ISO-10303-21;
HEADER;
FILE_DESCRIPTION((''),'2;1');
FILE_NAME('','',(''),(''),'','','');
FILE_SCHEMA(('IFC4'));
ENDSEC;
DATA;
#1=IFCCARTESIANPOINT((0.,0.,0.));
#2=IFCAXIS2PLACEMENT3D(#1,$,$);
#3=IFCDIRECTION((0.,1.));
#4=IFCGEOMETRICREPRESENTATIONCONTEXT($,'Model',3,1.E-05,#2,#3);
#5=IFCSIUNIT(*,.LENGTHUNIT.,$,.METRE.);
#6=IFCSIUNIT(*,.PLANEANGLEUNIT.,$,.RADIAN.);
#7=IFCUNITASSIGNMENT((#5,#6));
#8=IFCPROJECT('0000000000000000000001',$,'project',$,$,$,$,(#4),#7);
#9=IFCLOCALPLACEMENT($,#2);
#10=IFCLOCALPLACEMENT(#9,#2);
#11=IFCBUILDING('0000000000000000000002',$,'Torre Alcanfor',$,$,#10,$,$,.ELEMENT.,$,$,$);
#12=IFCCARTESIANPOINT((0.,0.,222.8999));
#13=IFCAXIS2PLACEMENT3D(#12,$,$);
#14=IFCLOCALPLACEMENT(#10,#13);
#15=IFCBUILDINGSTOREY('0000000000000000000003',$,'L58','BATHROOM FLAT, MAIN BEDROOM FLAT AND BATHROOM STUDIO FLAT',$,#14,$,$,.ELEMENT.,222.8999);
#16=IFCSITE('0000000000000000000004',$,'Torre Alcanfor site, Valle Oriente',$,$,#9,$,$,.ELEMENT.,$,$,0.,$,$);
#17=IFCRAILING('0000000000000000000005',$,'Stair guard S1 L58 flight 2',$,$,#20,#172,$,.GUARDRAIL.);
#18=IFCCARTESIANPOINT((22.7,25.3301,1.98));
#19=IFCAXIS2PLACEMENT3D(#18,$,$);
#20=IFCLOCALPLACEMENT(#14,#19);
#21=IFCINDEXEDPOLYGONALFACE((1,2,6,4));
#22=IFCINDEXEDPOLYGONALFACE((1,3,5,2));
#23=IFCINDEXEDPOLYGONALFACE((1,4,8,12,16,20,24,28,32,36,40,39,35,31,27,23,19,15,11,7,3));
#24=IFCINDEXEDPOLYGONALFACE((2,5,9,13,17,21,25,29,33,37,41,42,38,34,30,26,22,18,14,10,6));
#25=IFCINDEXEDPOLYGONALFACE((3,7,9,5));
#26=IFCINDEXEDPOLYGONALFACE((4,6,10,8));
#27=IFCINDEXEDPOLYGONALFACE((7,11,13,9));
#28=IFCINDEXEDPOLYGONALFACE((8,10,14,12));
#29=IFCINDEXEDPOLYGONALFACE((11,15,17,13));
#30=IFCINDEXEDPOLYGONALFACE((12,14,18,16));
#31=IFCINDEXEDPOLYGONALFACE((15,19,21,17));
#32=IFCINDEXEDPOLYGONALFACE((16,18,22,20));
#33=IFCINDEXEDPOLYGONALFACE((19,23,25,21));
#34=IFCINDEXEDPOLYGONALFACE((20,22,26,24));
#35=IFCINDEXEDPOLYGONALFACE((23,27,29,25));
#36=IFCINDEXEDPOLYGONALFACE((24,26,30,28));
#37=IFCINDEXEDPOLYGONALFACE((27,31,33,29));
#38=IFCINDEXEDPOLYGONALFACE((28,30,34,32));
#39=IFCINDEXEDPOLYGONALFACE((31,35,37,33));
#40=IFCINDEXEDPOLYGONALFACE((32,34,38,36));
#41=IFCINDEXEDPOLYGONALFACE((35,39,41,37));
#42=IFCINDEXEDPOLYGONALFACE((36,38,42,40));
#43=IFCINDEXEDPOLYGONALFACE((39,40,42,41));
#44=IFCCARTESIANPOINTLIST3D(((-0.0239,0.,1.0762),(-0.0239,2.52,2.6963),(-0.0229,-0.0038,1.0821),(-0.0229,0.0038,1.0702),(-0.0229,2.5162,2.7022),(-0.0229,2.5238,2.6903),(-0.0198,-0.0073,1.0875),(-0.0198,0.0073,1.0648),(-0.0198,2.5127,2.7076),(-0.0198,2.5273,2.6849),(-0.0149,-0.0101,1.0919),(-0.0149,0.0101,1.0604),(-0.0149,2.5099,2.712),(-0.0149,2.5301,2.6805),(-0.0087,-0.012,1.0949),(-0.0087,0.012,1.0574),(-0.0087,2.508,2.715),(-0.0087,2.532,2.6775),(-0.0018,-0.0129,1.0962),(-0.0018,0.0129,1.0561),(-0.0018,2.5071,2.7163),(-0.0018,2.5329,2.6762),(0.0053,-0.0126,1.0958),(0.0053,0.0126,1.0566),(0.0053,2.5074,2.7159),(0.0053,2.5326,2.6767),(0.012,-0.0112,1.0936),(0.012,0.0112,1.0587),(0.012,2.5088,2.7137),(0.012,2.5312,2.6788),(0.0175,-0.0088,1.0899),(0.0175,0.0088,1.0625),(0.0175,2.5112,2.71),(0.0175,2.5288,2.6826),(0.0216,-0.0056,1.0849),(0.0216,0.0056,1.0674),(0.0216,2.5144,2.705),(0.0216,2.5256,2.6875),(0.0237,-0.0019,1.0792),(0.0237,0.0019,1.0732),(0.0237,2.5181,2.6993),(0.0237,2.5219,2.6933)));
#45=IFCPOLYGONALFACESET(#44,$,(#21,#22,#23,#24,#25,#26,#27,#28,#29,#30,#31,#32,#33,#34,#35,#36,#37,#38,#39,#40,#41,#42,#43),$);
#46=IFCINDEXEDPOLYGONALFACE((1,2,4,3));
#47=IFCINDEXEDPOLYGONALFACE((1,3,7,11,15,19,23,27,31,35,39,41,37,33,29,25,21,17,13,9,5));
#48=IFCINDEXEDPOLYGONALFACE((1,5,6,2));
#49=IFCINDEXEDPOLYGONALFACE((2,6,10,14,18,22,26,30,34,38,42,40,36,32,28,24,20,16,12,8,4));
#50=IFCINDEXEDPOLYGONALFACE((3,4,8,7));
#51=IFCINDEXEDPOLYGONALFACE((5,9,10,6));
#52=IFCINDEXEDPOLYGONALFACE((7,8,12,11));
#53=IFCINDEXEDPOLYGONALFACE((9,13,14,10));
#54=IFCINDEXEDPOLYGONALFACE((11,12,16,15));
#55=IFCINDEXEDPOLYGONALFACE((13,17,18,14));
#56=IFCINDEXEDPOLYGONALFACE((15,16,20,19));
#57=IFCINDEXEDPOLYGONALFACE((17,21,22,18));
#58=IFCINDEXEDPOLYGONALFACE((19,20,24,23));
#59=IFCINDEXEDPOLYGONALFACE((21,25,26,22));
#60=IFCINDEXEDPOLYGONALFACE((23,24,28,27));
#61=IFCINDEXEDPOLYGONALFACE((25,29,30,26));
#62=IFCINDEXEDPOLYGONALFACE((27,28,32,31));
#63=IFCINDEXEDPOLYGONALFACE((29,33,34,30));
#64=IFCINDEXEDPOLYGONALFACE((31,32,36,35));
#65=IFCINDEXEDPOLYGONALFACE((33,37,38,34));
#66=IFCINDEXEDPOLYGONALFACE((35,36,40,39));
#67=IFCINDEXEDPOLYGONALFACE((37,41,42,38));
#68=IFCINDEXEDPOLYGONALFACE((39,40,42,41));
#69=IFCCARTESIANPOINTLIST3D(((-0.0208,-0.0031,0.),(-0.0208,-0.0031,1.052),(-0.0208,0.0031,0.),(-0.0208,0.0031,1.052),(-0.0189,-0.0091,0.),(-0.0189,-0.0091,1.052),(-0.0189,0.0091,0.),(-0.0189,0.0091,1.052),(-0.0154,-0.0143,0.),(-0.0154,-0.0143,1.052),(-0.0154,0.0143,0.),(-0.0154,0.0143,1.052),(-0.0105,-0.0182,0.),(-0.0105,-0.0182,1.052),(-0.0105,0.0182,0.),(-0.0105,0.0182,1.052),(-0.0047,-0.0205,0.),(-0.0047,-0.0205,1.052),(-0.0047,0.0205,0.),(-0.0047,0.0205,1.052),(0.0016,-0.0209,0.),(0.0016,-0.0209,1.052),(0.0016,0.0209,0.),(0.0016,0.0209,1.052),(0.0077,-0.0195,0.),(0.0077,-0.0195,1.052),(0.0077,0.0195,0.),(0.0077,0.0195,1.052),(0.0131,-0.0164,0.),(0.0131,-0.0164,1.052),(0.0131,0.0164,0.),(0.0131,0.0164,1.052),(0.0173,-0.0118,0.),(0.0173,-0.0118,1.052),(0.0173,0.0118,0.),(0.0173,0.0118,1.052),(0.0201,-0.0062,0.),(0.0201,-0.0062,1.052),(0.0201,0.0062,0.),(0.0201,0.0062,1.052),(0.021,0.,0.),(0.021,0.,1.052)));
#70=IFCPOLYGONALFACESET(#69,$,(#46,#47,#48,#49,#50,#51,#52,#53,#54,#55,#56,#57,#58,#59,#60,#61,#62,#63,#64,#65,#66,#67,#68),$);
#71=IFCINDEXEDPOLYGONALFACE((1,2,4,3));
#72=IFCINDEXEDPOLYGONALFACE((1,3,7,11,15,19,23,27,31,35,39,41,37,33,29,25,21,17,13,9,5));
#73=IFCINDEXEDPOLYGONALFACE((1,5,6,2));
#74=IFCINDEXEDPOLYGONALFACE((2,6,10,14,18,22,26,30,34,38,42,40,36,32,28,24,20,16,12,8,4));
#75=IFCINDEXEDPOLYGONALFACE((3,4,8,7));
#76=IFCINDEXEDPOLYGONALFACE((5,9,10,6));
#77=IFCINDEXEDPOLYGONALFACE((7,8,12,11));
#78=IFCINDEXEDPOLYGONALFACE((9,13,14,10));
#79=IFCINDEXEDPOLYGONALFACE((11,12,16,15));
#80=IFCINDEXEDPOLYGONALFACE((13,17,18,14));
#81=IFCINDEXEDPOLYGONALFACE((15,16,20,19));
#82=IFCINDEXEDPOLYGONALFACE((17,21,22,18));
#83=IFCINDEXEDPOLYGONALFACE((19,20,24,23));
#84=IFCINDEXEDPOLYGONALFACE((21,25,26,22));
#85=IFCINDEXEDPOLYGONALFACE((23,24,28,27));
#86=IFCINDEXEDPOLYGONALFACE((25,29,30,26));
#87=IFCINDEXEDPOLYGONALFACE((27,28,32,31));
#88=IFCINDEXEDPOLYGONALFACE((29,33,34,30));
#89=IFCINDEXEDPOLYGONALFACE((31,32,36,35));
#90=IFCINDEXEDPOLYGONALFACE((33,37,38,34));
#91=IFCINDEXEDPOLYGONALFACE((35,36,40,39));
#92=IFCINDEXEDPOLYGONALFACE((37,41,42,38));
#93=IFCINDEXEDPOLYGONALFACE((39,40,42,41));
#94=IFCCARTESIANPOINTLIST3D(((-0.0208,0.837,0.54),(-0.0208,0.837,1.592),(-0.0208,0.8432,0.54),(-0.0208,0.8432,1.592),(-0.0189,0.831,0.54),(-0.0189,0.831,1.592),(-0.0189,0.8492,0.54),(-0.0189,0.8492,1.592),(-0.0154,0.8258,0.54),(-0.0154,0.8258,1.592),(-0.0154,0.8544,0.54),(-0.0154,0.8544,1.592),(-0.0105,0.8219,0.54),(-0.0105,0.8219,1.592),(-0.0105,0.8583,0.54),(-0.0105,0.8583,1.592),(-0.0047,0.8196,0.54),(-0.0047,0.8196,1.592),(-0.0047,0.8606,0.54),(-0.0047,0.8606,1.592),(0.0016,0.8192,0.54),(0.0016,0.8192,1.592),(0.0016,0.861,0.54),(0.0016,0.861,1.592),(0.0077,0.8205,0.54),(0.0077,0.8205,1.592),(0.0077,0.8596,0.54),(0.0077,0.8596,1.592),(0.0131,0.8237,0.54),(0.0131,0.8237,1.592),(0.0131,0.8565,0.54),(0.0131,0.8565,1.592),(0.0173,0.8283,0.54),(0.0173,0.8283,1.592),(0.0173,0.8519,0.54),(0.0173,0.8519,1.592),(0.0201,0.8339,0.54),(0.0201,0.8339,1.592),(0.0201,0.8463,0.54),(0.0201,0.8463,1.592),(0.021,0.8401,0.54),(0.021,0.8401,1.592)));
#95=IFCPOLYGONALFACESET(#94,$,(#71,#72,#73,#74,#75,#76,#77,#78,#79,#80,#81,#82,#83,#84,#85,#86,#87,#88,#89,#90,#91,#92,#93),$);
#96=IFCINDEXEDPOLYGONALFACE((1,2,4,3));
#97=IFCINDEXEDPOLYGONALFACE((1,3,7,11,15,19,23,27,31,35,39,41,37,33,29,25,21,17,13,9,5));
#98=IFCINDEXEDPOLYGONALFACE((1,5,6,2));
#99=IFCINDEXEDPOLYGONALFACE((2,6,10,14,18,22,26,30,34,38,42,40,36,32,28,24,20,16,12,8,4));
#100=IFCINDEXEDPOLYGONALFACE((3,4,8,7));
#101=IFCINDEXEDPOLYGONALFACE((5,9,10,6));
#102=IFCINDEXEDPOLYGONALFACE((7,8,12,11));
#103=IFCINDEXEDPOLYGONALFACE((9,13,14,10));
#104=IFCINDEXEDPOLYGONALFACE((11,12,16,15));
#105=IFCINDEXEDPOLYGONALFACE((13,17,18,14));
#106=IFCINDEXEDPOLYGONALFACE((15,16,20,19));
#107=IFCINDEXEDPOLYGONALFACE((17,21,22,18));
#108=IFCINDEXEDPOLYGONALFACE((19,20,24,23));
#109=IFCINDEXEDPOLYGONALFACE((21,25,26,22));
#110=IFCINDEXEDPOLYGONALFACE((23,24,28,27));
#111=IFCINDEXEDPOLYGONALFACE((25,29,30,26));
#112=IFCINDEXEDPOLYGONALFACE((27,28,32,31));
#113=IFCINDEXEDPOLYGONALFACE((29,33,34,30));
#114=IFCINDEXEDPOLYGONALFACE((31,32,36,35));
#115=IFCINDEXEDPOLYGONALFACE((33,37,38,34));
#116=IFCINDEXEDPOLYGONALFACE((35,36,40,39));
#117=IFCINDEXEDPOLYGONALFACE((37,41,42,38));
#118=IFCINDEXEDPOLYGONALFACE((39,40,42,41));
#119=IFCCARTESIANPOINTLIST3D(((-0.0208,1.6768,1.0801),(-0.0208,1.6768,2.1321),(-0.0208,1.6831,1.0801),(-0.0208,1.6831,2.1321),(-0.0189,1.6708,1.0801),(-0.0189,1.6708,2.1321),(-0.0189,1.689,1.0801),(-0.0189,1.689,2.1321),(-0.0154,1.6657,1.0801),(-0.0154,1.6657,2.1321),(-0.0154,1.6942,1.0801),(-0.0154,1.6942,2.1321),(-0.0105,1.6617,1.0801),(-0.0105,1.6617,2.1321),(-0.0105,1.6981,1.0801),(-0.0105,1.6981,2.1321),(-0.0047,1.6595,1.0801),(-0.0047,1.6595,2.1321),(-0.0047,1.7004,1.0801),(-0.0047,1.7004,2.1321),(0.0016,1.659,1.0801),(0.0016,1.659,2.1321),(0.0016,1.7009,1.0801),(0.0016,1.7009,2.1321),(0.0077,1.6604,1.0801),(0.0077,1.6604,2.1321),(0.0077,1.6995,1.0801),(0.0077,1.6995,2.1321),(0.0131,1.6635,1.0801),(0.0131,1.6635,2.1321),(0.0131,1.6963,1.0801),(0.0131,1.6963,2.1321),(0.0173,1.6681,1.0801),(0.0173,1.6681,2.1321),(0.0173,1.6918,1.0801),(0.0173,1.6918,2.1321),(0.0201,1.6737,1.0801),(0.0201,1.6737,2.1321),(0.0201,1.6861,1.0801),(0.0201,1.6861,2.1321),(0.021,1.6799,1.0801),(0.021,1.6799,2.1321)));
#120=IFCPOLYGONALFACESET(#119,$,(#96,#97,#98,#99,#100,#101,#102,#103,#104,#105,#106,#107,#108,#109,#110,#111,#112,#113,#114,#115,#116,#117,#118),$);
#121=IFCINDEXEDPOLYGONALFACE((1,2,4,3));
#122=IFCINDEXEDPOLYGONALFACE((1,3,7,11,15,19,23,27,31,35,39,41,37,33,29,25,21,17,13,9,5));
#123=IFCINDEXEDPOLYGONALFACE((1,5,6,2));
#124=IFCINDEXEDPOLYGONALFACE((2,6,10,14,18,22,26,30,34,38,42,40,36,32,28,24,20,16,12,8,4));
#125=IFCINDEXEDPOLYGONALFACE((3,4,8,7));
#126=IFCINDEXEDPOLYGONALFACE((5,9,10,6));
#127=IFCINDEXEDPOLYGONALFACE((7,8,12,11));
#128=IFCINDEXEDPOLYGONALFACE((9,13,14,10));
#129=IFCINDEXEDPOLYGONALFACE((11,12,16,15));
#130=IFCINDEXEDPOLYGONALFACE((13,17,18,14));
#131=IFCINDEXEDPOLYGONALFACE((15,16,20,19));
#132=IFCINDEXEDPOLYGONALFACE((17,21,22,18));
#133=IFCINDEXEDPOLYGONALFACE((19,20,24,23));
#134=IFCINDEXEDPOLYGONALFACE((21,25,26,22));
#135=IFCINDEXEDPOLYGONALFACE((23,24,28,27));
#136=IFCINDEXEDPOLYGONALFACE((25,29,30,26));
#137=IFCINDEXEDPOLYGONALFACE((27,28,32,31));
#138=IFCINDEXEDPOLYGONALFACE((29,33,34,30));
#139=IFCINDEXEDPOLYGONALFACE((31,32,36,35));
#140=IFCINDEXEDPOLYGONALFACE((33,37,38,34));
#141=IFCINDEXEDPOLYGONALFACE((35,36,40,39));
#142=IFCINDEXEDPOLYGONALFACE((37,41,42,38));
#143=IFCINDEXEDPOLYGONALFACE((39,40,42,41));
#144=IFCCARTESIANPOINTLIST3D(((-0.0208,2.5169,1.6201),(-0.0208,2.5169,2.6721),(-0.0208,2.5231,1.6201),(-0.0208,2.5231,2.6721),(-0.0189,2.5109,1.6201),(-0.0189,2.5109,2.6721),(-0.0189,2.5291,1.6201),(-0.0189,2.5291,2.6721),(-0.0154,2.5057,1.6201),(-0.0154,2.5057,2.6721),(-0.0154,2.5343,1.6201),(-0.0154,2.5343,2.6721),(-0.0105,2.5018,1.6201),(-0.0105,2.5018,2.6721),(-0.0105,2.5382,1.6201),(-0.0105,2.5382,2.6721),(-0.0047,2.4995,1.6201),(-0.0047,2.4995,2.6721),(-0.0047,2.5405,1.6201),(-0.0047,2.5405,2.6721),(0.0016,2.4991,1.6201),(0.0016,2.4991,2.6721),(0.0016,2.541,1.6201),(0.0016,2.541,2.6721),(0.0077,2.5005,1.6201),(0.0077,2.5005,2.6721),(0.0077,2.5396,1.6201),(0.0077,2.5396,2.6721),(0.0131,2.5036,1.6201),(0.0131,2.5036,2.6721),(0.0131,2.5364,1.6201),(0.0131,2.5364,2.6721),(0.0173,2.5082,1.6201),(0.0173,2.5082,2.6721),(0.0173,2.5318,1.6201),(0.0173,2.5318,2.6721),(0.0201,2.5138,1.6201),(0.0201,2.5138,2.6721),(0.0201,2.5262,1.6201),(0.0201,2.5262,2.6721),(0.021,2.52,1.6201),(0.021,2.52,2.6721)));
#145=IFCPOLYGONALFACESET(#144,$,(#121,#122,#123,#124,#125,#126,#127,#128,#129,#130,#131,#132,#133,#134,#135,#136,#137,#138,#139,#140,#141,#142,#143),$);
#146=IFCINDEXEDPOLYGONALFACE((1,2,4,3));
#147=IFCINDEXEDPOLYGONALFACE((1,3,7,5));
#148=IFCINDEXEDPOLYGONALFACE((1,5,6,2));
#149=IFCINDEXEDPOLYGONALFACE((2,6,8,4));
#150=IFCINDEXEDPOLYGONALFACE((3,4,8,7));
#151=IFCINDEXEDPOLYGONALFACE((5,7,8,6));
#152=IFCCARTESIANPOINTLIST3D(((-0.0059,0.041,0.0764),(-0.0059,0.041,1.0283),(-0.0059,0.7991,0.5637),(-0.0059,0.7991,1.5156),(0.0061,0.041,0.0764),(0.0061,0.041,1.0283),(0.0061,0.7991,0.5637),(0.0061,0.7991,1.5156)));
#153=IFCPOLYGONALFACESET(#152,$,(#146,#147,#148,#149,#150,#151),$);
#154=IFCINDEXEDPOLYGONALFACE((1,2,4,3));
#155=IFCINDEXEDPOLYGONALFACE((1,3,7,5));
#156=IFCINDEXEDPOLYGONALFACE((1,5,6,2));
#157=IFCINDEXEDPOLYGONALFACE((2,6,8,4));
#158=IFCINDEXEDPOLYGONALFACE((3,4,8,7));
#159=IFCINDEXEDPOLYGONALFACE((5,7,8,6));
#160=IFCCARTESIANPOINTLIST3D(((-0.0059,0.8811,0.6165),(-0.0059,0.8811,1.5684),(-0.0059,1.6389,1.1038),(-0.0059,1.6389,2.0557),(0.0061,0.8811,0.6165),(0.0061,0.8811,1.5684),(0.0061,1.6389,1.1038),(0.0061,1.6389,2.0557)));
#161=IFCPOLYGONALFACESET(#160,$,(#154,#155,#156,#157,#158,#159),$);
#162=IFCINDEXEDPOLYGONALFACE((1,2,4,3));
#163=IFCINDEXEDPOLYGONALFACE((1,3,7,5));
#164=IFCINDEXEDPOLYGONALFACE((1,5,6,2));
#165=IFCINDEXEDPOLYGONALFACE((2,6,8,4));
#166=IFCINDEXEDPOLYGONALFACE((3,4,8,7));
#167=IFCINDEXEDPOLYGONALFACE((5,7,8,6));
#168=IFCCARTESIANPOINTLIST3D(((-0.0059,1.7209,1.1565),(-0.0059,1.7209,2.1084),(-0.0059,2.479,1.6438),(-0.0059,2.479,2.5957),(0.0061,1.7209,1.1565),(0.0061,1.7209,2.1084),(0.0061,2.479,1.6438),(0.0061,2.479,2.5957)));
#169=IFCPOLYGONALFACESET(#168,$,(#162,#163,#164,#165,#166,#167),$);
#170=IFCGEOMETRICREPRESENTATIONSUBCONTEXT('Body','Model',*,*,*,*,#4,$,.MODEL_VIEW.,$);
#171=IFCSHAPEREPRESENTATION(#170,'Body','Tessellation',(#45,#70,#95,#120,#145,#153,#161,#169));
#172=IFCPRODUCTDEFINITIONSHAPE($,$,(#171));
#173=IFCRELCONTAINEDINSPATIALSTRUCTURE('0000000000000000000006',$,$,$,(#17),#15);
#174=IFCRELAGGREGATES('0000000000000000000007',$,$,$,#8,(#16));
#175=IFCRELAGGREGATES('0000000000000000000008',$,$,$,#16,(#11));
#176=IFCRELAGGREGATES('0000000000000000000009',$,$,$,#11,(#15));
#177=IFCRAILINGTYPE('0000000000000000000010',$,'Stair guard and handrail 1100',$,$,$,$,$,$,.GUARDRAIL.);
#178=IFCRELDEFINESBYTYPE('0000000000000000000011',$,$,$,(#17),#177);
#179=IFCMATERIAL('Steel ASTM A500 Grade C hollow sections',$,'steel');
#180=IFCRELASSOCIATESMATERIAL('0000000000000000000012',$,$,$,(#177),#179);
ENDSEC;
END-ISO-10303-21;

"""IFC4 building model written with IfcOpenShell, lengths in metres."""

from ifc_helpers import new_model, si_unit, direction, frame, origin, origin_2d, place, context, subcontext, project, spatial, polyline, circle, outline, extrude, material, type_object, element, save


model = new_model("IFC4")

# Units and contexts
model_context = context("Model", 3, precision=1e-05, world=origin(), true_north=direction((0.0, 1.0)))
body_context = subcontext(model_context, "Body", "Model", "MODEL_VIEW")
ifc_project = project(units=[si_unit("LENGTHUNIT", "METRE"), si_unit("PLANEANGLEUNIT", "RADIAN")], contexts=[model_context])

# Site, building, storey
site_placement = place(None, origin())
site = spatial("IfcSite", under=ifc_project, at=site_placement, Name="Torre Alcanfor site, Valle Oriente", CompositionType="ELEMENT", RefElevation=0.0)
building_placement = place(site_placement, origin())
building = spatial("IfcBuilding", under=site, at=building_placement, Name="Torre Alcanfor", CompositionType="ELEMENT")
storey_placement = place(building_placement, frame((0.0, 0.0, 222.8999)))
storey = spatial("IfcBuildingStorey", under=building, at=storey_placement, Name="L58", Description="BATHROOM FLAT, MAIN BEDROOM FLAT AND BATHROOM STUDIO FLAT", CompositionType="ELEMENT", Elevation=222.8999)

# Railing
ifc_material_1 = material(Name="Steel ASTM A500 Grade C hollow sections", Category="steel")
railing_type_1 = type_object("IfcRailingType", Name="Stair guard and handrail 1100", PredefinedType="GUARDRAIL", material=ifc_material_1)
railing_1_placement = place(storey_placement, frame((22.7, 25.3301, 1.98)))
element("IfcRailing", 1, at=railing_1_placement, inside=storey, type_object=railing_type_1, Name="Stair guard S1 L58 flight 2", PredefinedType="GUARDRAIL", context=body_context, shape_type="SweptSolid", body=[
    extrude(circle(Radius=0.0239, at=origin_2d()), frame((0.0, 0.0, 1.0762), z_axis=(0.0, 0.841163, 0.540782), x_axis=(-1.0, 0.0, 0.0)), (0.0, 0.0, 1.0), 2.9958),
    extrude(circle(Radius=0.021, at=origin_2d()), origin(), (0.0, 0.0, 1.0), 1.052),
    extrude(circle(Radius=0.021, at=origin_2d()), frame((0.0, 0.8401, 0.54)), (0.0, 0.0, 1.0), 1.052),
    extrude(circle(Radius=0.021, at=origin_2d()), frame((0.0, 1.6799, 1.0801)), (0.0, 0.0, 1.0), 1.052),
    extrude(circle(Radius=0.021, at=origin_2d()), frame((0.0, 2.52, 1.6201)), (0.0, 0.0, 1.0), 1.052),
    extrude(outline(polyline([(0.041, 0.0764), (0.7991, 0.5637), (0.7991, 1.5156), (0.041, 1.0283), (0.041, 0.0764)])), frame((-0.0059, 0.0, 0.0), z_axis=(1.0, 0.0, 0.0), x_axis=(0.0, 1.0, 0.0)), (0.0, 0.0, 1.0), 0.012),
    extrude(outline(polyline([(0.8811, 0.6165), (1.6389, 1.1038), (1.6389, 2.0557), (0.8811, 1.5684), (0.8811, 0.6165)])), frame((-0.0059, 0.0, 0.0), z_axis=(1.0, 0.0, 0.0), x_axis=(0.0, 1.0, 0.0)), (0.0, 0.0, 1.0), 0.012),
    extrude(outline(polyline([(1.7209, 1.1565), (2.479, 1.6438), (2.479, 2.5957), (1.7209, 2.1084), (1.7209, 1.1565)])), frame((-0.0059, 0.0, 0.0), z_axis=(1.0, 0.0, 0.0), x_axis=(0.0, 1.0, 0.0)), (0.0, 0.0, 1.0), 0.012),
])

save(model, "model.ifc")
